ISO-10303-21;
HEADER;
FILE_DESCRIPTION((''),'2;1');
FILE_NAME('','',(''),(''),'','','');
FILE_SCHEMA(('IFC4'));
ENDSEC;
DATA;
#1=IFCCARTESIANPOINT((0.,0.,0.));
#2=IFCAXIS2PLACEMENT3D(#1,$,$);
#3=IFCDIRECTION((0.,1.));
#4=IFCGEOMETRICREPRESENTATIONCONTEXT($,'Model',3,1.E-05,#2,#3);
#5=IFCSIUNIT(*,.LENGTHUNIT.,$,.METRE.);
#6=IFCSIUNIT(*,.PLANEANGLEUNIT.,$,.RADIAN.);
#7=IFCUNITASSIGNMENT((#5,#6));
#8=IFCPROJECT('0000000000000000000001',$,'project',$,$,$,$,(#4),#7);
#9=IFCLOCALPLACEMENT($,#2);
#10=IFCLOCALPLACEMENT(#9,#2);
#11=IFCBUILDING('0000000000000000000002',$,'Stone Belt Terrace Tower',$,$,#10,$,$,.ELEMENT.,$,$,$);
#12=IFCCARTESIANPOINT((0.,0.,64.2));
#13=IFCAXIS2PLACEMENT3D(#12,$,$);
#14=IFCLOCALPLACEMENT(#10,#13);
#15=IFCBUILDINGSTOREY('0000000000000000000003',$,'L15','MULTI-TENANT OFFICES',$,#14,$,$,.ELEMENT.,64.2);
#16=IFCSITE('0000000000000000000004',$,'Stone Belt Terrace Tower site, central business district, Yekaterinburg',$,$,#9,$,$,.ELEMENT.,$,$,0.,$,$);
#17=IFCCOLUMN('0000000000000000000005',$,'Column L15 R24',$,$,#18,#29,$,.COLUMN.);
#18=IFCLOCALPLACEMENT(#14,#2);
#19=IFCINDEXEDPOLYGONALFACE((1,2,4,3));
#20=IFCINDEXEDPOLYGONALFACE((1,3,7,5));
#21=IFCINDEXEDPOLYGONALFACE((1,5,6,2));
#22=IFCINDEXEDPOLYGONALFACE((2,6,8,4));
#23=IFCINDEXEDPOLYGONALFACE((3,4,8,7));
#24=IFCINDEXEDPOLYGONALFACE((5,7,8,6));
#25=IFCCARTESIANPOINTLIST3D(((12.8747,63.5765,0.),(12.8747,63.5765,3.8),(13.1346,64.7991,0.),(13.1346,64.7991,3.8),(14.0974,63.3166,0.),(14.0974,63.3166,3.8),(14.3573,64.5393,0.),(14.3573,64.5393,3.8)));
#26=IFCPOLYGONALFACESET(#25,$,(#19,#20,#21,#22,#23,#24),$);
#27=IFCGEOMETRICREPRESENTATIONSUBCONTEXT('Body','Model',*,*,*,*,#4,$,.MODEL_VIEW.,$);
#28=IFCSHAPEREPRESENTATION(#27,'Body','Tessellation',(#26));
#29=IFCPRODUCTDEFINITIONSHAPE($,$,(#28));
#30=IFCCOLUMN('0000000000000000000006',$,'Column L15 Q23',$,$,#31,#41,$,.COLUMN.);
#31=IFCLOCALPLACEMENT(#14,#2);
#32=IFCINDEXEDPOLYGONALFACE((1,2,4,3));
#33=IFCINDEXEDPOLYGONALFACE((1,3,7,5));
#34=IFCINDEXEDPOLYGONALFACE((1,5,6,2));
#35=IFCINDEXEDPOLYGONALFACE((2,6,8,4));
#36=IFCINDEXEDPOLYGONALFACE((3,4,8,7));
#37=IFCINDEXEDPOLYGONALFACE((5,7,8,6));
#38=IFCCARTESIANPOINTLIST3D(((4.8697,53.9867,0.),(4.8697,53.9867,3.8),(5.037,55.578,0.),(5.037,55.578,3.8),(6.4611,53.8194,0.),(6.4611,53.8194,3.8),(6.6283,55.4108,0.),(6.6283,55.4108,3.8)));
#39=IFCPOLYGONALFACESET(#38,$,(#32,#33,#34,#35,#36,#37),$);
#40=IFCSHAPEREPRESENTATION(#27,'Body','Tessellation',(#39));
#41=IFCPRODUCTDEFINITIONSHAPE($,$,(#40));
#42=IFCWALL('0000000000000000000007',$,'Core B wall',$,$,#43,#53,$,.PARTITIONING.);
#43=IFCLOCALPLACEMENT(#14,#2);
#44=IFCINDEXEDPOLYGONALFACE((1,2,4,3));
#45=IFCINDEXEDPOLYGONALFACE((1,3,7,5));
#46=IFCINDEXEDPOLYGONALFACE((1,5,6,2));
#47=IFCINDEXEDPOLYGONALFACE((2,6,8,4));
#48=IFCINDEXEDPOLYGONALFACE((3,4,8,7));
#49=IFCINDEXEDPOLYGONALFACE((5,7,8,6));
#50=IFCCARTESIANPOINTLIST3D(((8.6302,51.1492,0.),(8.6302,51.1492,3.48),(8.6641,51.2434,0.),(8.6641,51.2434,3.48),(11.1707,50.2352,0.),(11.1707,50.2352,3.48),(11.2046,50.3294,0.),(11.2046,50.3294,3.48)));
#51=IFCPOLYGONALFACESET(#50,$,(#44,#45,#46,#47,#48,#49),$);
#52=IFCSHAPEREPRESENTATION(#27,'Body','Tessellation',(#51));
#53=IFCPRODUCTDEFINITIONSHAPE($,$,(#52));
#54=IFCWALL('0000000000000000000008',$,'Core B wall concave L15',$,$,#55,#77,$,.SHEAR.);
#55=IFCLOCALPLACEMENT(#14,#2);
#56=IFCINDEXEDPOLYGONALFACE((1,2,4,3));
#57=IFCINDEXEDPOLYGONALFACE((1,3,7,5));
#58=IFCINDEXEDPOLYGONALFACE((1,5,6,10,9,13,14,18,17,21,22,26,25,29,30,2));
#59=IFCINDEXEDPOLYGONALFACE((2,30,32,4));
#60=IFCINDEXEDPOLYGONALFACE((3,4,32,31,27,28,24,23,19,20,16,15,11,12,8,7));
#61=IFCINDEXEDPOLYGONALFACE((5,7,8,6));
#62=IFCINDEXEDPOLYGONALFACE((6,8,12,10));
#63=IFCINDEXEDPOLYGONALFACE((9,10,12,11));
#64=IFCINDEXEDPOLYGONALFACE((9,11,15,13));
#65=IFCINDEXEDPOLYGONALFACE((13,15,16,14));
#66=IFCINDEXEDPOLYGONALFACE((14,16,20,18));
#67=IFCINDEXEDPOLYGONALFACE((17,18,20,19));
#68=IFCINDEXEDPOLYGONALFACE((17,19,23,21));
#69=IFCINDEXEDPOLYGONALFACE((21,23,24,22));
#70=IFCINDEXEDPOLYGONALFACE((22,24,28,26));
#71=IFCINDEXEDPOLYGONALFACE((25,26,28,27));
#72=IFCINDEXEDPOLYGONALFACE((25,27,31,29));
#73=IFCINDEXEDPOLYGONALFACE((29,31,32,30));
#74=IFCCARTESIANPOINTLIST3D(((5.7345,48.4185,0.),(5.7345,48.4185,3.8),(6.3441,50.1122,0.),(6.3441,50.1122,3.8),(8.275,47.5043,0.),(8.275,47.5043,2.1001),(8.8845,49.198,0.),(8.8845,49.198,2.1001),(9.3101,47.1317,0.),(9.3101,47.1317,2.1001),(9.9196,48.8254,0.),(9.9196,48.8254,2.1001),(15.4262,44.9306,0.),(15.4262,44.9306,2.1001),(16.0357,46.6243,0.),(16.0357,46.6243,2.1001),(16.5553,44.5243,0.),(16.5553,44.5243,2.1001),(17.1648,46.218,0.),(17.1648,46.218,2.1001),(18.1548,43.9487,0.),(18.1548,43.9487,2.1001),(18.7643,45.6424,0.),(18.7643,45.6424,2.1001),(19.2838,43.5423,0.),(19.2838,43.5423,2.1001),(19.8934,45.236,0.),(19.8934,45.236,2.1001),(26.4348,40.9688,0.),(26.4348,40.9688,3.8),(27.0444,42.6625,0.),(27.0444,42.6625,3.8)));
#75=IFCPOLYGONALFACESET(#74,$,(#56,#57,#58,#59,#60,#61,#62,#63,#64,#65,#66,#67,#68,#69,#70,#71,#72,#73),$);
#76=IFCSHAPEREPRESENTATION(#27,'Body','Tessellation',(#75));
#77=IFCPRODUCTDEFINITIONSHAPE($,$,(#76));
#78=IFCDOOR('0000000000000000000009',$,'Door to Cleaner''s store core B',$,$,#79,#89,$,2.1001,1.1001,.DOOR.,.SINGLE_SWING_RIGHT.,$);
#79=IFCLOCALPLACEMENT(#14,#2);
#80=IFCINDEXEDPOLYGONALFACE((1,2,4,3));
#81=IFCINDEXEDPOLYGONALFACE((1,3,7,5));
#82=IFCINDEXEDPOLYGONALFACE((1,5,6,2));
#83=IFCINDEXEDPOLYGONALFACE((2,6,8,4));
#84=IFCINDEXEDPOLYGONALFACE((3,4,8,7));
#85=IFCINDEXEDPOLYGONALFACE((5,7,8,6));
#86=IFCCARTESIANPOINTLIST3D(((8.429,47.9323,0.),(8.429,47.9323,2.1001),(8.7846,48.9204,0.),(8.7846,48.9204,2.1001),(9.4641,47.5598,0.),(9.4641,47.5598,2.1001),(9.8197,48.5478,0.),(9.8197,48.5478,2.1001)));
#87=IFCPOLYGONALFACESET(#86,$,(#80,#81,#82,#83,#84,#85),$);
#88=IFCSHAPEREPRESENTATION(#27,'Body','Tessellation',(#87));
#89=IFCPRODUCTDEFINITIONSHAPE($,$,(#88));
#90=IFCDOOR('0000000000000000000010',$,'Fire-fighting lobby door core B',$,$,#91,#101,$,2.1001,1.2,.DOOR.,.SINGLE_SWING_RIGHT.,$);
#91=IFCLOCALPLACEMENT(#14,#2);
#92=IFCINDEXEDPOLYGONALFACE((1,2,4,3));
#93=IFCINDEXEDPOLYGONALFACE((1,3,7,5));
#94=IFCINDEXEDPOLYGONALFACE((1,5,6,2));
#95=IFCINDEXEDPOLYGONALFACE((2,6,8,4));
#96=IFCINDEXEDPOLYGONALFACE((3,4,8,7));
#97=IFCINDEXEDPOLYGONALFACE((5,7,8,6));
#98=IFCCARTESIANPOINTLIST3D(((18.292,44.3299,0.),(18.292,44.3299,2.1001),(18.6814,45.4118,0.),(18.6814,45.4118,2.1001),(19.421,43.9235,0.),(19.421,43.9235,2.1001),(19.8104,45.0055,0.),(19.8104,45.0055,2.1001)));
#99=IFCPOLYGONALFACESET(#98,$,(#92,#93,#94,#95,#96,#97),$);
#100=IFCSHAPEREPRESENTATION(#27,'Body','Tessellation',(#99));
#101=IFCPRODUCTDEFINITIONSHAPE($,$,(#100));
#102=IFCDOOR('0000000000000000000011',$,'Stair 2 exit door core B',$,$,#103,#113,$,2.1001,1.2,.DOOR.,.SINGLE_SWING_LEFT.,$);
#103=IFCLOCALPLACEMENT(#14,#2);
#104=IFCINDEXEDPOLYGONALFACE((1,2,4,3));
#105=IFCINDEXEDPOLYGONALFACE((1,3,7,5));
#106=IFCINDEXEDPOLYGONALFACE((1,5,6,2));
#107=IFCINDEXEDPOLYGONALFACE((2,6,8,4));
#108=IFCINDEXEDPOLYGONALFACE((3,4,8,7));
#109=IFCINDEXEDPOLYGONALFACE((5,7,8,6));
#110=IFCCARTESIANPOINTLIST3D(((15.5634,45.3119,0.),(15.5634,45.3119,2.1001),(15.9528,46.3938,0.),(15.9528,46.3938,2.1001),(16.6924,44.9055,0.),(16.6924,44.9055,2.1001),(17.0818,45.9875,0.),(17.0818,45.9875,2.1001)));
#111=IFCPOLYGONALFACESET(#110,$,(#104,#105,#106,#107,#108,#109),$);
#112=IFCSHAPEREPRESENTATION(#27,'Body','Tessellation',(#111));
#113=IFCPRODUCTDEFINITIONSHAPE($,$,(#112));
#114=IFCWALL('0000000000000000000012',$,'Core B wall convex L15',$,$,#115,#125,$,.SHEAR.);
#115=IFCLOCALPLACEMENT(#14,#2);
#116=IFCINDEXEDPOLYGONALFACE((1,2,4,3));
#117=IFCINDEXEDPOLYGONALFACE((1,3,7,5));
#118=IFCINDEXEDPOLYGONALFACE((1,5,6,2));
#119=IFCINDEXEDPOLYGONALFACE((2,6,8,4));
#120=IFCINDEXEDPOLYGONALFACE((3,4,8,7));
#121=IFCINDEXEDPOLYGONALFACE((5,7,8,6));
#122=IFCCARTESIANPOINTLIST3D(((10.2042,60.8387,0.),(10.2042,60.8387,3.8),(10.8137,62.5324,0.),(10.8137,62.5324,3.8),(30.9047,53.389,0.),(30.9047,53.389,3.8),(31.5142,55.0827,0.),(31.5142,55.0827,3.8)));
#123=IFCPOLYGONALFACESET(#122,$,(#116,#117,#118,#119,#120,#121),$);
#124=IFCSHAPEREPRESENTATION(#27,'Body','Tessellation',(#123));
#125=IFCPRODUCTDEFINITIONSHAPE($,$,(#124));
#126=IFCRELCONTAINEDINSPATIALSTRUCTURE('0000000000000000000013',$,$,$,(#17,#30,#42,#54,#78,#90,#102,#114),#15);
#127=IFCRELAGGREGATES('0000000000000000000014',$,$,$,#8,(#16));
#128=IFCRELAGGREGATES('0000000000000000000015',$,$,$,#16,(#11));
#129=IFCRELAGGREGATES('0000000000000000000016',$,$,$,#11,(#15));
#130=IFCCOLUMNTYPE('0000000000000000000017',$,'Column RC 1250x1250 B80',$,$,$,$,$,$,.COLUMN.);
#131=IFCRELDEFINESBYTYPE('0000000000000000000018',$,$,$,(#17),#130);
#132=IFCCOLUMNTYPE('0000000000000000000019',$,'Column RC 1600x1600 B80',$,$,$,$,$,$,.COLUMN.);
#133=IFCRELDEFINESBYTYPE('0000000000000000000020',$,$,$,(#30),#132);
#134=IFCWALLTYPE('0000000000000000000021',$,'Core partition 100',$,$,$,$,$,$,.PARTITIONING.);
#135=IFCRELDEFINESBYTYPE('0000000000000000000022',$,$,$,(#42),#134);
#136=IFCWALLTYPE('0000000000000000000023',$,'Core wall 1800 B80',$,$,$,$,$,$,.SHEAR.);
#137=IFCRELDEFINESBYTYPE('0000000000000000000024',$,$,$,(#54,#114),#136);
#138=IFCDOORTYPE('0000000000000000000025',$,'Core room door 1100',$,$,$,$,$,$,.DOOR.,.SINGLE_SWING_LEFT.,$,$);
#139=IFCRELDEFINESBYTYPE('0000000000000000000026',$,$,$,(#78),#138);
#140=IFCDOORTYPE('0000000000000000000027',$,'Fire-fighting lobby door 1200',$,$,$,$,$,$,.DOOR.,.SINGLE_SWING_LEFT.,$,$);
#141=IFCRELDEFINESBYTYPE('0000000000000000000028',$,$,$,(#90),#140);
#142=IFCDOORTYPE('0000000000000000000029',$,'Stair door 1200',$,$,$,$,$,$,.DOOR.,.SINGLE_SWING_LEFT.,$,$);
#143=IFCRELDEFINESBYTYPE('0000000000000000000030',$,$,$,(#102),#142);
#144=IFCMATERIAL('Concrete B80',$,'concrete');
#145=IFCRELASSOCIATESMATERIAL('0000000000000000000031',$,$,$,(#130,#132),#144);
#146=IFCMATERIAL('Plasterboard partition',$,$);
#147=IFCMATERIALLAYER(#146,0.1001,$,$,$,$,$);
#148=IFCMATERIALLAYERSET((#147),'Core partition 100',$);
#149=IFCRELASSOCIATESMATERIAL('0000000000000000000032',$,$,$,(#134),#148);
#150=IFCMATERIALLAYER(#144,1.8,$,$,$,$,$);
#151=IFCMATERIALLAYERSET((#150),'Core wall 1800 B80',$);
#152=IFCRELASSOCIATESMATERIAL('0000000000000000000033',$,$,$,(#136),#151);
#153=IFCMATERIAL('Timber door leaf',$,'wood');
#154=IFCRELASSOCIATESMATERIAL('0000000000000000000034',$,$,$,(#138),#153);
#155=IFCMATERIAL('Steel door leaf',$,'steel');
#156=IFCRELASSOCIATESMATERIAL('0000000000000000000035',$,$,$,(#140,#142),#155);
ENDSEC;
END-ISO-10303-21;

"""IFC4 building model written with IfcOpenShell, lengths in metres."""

from ifc_helpers import new_model, si_unit, direction, frame, frame_2d, origin, origin_2d, place, context, subcontext, project, spatial, rectangle, extrude, material, layer, layer_set, material_profile, profile_set, type_object, element, fill, save


model = new_model("IFC4")

# Units and contexts
model_context = context("Model", 3, precision=1e-05, world=origin(), true_north=direction((0.0, 1.0)))
body_context = subcontext(model_context, "Body", "Model", "MODEL_VIEW")
ifc_project = project(units=[si_unit("LENGTHUNIT", "METRE"), si_unit("PLANEANGLEUNIT", "RADIAN")], contexts=[model_context])

# Site, building, storey
site_placement = place(None, origin())
site = spatial("IfcSite", under=ifc_project, at=site_placement, Name="Stone Belt Terrace Tower site, central business district, Yekaterinburg", CompositionType="ELEMENT", RefElevation=0.0)
building_placement = place(site_placement, origin())
building = spatial("IfcBuilding", under=site, at=building_placement, Name="Stone Belt Terrace Tower", CompositionType="ELEMENT")
storey_placement = place(building_placement, frame((0.0, 0.0, 64.2)))
storey = spatial("IfcBuildingStorey", under=building, at=storey_placement, Name="L15", Description="MULTI-TENANT OFFICES", CompositionType="ELEMENT", Elevation=64.2)

# Columns
ifc_material_1 = material(Name="Concrete B80", Category="concrete")
ifc_material_profile_1 = material_profile(ifc_material_1, rectangle(XDim=1.25, YDim=1.25, at=origin_2d()), Name="RC 1250x1250")
ifc_profile_set_1 = profile_set([ifc_material_profile_1], Name="Concrete B80")
column_type_1 = type_object("IfcColumnType", Name="Column RC 1250x1250 B80", PredefinedType="COLUMN", material=ifc_profile_set_1)
column_1_placement = place(storey_placement, frame((13.616, 64.0579, 0.0), z_axis=(0.0, 0.0, 1.0), x_axis=(0.978148, -0.207912, 0.0)))
element("IfcColumn", 1, at=column_1_placement, inside=storey, type_object=column_type_1, Name="Column L15 R24", PredefinedType="COLUMN", context=body_context, shape_type="SweptSolid", body=[
    extrude(rectangle(XDim=1.25, YDim=1.25, at=origin_2d()), origin(), (0.0, 0.0, 1.0), 3.8),
])
ifc_material_profile_2 = material_profile(ifc_material_1, rectangle(XDim=1.6001, YDim=1.6001, at=origin_2d()), Name="RC 1600x1600")
ifc_profile_set_2 = profile_set([ifc_material_profile_2], Name="Concrete B80")
column_type_2 = type_object("IfcColumnType", Name="Column RC 1600x1600 B80", PredefinedType="COLUMN", material=ifc_profile_set_2)
column_2_placement = place(storey_placement, frame((5.749, 54.6987, 0.0), z_axis=(0.0, 0.0, 1.0), x_axis=(0.994522, -0.104528, 0.0)))
element("IfcColumn", 2, at=column_2_placement, inside=storey, type_object=column_type_2, Name="Column L15 Q23", PredefinedType="COLUMN", context=body_context, shape_type="SweptSolid", body=[
    extrude(rectangle(XDim=1.6001, YDim=1.6001, at=origin_2d()), origin(), (0.0, 0.0, 1.0), 3.8),
])

# Wall
ifc_material_2 = material(Name="Plasterboard partition")
ifc_layer_1 = layer(ifc_material_2, 0.1001)
ifc_layer_set_1 = layer_set([ifc_layer_1], Name="Core partition 100")
wall_type_1 = type_object("IfcWallType", Name="Core partition 100", PredefinedType="PARTITIONING", material=ifc_layer_set_1)
wall_1_placement = place(storey_placement, frame((11.1877, 50.2822, 0.0), z_axis=(0.0, 0.0, 1.0), x_axis=(-0.94095, 0.338547, 0.0)))
element("IfcWall", 3, at=wall_1_placement, inside=storey, type_object=wall_type_1, Name="Core B wall", PredefinedType="PARTITIONING", context=body_context, shape_type="SweptSolid", body=[
    extrude(rectangle(XDim=2.7, YDim=0.1001, at=frame_2d((1.3501, 0.0))), origin(), (0.0, 0.0, 1.0), 3.48),
])

# Wall, openings, doors
ifc_layer_2 = layer(ifc_material_1, 1.8)
ifc_layer_set_2 = layer_set([ifc_layer_2], Name="Core wall 1800 B80")
wall_type_2 = type_object("IfcWallType", Name="Core wall 1800 B80", PredefinedType="SHEAR", material=ifc_layer_set_2)
wall_2_placement = place(storey_placement, frame((6.0393, 49.2654, 0.0), z_axis=(0.0, 0.0, 1.0), x_axis=(0.940922, -0.338624, 0.0)))
wall_2 = element("IfcWall", 4, at=wall_2_placement, inside=storey, type_object=wall_type_2, Name="Core B wall concave L15", PredefinedType="SHEAR", context=body_context, shape_type="SweptSolid", body=[
    extrude(rectangle(XDim=22.0, YDim=1.8, at=frame_2d((11.0, 0.0))), origin(), (0.0, 0.0, 1.0), 3.8),
])
opening_1_placement = place(wall_2_placement, frame((13.2, 0.0, 0.0)))
opening_1 = element("IfcOpeningElement", 5, at=opening_1_placement, cuts=wall_2, PredefinedType="OPENING", context=body_context, shape_type="SweptSolid", body=[
    extrude(rectangle(XDim=1.2, YDim=2.1001, at=frame_2d((0.6001, 1.05))), frame((0.0, 0.9099, 0.0), z_axis=(0.0, -1.0, 0.0), x_axis=(1.0, 0.0, 0.0)), (0.0, 0.0, 1.0), 1.8201),
])
opening_2_placement = place(wall_2_placement, frame((10.3, 0.0, 0.0)))
opening_2 = element("IfcOpeningElement", 6, at=opening_2_placement, cuts=wall_2, PredefinedType="OPENING", context=body_context, shape_type="SweptSolid", body=[
    extrude(rectangle(XDim=1.2, YDim=2.1001, at=frame_2d((0.6001, 1.05))), frame((0.0, 0.9099, 0.0), z_axis=(0.0, -1.0, 0.0), x_axis=(1.0, 0.0, 0.0)), (0.0, 0.0, 1.0), 1.8201),
])
opening_3_placement = place(wall_2_placement, frame((2.7, 0.0, 0.0)))
opening_3 = element("IfcOpeningElement", 7, at=opening_3_placement, cuts=wall_2, PredefinedType="OPENING", context=body_context, shape_type="SweptSolid", body=[
    extrude(rectangle(XDim=1.1001, YDim=2.1001, at=frame_2d((0.55, 1.05))), frame((0.0, 0.9099, 0.0), z_axis=(0.0, -1.0, 0.0), x_axis=(1.0, 0.0, 0.0)), (0.0, 0.0, 1.0), 1.8201),
])
ifc_material_3 = material(Name="Timber door leaf", Category="wood")
door_type_1 = type_object("IfcDoorType", Name="Core room door 1100", OperationType="SINGLE_SWING_LEFT", PredefinedType="DOOR", material=ifc_material_3)
door_1_placement = place(opening_3_placement, origin())
door_1 = element("IfcDoor", 8, at=door_1_placement, inside=storey, type_object=door_type_1, Name="Door to Cleaner's store core B", OperationType="SINGLE_SWING_RIGHT", OverallHeight=2.1001, OverallWidth=1.1001, PredefinedType="DOOR", context=body_context, shape_type="SweptSolid", body=[
    extrude(rectangle(XDim=1.1001, YDim=2.1001, at=frame_2d((0.55, 1.05))), frame((0.0, 0.605, 0.0), z_axis=(0.0, -1.0, 0.0), x_axis=(1.0, 0.0, 0.0)), (0.0, 0.0, 1.0), 1.05),
])
fill(opening_3, door_1)
ifc_material_4 = material(Name="Steel door leaf", Category="steel")
door_type_2 = type_object("IfcDoorType", Name="Fire-fighting lobby door 1200", OperationType="SINGLE_SWING_LEFT", PredefinedType="DOOR", material=ifc_material_4)
door_2_placement = place(opening_1_placement, origin())
door_2 = element("IfcDoor", 9, at=door_2_placement, inside=storey, type_object=door_type_2, Name="Fire-fighting lobby door core B", OperationType="SINGLE_SWING_RIGHT", OverallHeight=2.1001, OverallWidth=1.2, PredefinedType="DOOR", context=body_context, shape_type="SweptSolid", body=[
    extrude(rectangle(XDim=1.2, YDim=2.1001, at=frame_2d((0.6001, 1.05))), frame((0.0, 0.655, 0.0), z_axis=(0.0, -1.0, 0.0), x_axis=(1.0, 0.0, 0.0)), (0.0, 0.0, 1.0), 1.1499),
])
fill(opening_1, door_2)
door_type_3 = type_object("IfcDoorType", Name="Stair door 1200", OperationType="SINGLE_SWING_LEFT", PredefinedType="DOOR", material=ifc_material_4)
door_3_placement = place(opening_2_placement, origin())
door_3 = element("IfcDoor", 10, at=door_3_placement, inside=storey, type_object=door_type_3, Name="Stair 2 exit door core B", OperationType="SINGLE_SWING_LEFT", OverallHeight=2.1001, OverallWidth=1.2, PredefinedType="DOOR", context=body_context, shape_type="SweptSolid", body=[
    extrude(rectangle(XDim=1.2, YDim=2.1001, at=frame_2d((0.6001, 1.05))), frame((0.0, 0.655, 0.0), z_axis=(0.0, -1.0, 0.0), x_axis=(1.0, 0.0, 0.0)), (0.0, 0.0, 1.0), 1.1499),
])
fill(opening_2, door_3)

# Wall
wall_3_placement = place(storey_placement, frame((10.509, 61.6855, 0.0), z_axis=(0.0, 0.0, 1.0), x_axis=(0.940923, -0.338621, 0.0)))
element("IfcWall", 11, at=wall_3_placement, inside=storey, type_object=wall_type_2, Name="Core B wall convex L15", PredefinedType="SHEAR", context=body_context, shape_type="SweptSolid", body=[
    extrude(rectangle(XDim=22.0002, YDim=1.8, at=frame_2d((11.0, 0.0))), origin(), (0.0, 0.0, 1.0), 3.8),
])

save(model, "model.ifc")
